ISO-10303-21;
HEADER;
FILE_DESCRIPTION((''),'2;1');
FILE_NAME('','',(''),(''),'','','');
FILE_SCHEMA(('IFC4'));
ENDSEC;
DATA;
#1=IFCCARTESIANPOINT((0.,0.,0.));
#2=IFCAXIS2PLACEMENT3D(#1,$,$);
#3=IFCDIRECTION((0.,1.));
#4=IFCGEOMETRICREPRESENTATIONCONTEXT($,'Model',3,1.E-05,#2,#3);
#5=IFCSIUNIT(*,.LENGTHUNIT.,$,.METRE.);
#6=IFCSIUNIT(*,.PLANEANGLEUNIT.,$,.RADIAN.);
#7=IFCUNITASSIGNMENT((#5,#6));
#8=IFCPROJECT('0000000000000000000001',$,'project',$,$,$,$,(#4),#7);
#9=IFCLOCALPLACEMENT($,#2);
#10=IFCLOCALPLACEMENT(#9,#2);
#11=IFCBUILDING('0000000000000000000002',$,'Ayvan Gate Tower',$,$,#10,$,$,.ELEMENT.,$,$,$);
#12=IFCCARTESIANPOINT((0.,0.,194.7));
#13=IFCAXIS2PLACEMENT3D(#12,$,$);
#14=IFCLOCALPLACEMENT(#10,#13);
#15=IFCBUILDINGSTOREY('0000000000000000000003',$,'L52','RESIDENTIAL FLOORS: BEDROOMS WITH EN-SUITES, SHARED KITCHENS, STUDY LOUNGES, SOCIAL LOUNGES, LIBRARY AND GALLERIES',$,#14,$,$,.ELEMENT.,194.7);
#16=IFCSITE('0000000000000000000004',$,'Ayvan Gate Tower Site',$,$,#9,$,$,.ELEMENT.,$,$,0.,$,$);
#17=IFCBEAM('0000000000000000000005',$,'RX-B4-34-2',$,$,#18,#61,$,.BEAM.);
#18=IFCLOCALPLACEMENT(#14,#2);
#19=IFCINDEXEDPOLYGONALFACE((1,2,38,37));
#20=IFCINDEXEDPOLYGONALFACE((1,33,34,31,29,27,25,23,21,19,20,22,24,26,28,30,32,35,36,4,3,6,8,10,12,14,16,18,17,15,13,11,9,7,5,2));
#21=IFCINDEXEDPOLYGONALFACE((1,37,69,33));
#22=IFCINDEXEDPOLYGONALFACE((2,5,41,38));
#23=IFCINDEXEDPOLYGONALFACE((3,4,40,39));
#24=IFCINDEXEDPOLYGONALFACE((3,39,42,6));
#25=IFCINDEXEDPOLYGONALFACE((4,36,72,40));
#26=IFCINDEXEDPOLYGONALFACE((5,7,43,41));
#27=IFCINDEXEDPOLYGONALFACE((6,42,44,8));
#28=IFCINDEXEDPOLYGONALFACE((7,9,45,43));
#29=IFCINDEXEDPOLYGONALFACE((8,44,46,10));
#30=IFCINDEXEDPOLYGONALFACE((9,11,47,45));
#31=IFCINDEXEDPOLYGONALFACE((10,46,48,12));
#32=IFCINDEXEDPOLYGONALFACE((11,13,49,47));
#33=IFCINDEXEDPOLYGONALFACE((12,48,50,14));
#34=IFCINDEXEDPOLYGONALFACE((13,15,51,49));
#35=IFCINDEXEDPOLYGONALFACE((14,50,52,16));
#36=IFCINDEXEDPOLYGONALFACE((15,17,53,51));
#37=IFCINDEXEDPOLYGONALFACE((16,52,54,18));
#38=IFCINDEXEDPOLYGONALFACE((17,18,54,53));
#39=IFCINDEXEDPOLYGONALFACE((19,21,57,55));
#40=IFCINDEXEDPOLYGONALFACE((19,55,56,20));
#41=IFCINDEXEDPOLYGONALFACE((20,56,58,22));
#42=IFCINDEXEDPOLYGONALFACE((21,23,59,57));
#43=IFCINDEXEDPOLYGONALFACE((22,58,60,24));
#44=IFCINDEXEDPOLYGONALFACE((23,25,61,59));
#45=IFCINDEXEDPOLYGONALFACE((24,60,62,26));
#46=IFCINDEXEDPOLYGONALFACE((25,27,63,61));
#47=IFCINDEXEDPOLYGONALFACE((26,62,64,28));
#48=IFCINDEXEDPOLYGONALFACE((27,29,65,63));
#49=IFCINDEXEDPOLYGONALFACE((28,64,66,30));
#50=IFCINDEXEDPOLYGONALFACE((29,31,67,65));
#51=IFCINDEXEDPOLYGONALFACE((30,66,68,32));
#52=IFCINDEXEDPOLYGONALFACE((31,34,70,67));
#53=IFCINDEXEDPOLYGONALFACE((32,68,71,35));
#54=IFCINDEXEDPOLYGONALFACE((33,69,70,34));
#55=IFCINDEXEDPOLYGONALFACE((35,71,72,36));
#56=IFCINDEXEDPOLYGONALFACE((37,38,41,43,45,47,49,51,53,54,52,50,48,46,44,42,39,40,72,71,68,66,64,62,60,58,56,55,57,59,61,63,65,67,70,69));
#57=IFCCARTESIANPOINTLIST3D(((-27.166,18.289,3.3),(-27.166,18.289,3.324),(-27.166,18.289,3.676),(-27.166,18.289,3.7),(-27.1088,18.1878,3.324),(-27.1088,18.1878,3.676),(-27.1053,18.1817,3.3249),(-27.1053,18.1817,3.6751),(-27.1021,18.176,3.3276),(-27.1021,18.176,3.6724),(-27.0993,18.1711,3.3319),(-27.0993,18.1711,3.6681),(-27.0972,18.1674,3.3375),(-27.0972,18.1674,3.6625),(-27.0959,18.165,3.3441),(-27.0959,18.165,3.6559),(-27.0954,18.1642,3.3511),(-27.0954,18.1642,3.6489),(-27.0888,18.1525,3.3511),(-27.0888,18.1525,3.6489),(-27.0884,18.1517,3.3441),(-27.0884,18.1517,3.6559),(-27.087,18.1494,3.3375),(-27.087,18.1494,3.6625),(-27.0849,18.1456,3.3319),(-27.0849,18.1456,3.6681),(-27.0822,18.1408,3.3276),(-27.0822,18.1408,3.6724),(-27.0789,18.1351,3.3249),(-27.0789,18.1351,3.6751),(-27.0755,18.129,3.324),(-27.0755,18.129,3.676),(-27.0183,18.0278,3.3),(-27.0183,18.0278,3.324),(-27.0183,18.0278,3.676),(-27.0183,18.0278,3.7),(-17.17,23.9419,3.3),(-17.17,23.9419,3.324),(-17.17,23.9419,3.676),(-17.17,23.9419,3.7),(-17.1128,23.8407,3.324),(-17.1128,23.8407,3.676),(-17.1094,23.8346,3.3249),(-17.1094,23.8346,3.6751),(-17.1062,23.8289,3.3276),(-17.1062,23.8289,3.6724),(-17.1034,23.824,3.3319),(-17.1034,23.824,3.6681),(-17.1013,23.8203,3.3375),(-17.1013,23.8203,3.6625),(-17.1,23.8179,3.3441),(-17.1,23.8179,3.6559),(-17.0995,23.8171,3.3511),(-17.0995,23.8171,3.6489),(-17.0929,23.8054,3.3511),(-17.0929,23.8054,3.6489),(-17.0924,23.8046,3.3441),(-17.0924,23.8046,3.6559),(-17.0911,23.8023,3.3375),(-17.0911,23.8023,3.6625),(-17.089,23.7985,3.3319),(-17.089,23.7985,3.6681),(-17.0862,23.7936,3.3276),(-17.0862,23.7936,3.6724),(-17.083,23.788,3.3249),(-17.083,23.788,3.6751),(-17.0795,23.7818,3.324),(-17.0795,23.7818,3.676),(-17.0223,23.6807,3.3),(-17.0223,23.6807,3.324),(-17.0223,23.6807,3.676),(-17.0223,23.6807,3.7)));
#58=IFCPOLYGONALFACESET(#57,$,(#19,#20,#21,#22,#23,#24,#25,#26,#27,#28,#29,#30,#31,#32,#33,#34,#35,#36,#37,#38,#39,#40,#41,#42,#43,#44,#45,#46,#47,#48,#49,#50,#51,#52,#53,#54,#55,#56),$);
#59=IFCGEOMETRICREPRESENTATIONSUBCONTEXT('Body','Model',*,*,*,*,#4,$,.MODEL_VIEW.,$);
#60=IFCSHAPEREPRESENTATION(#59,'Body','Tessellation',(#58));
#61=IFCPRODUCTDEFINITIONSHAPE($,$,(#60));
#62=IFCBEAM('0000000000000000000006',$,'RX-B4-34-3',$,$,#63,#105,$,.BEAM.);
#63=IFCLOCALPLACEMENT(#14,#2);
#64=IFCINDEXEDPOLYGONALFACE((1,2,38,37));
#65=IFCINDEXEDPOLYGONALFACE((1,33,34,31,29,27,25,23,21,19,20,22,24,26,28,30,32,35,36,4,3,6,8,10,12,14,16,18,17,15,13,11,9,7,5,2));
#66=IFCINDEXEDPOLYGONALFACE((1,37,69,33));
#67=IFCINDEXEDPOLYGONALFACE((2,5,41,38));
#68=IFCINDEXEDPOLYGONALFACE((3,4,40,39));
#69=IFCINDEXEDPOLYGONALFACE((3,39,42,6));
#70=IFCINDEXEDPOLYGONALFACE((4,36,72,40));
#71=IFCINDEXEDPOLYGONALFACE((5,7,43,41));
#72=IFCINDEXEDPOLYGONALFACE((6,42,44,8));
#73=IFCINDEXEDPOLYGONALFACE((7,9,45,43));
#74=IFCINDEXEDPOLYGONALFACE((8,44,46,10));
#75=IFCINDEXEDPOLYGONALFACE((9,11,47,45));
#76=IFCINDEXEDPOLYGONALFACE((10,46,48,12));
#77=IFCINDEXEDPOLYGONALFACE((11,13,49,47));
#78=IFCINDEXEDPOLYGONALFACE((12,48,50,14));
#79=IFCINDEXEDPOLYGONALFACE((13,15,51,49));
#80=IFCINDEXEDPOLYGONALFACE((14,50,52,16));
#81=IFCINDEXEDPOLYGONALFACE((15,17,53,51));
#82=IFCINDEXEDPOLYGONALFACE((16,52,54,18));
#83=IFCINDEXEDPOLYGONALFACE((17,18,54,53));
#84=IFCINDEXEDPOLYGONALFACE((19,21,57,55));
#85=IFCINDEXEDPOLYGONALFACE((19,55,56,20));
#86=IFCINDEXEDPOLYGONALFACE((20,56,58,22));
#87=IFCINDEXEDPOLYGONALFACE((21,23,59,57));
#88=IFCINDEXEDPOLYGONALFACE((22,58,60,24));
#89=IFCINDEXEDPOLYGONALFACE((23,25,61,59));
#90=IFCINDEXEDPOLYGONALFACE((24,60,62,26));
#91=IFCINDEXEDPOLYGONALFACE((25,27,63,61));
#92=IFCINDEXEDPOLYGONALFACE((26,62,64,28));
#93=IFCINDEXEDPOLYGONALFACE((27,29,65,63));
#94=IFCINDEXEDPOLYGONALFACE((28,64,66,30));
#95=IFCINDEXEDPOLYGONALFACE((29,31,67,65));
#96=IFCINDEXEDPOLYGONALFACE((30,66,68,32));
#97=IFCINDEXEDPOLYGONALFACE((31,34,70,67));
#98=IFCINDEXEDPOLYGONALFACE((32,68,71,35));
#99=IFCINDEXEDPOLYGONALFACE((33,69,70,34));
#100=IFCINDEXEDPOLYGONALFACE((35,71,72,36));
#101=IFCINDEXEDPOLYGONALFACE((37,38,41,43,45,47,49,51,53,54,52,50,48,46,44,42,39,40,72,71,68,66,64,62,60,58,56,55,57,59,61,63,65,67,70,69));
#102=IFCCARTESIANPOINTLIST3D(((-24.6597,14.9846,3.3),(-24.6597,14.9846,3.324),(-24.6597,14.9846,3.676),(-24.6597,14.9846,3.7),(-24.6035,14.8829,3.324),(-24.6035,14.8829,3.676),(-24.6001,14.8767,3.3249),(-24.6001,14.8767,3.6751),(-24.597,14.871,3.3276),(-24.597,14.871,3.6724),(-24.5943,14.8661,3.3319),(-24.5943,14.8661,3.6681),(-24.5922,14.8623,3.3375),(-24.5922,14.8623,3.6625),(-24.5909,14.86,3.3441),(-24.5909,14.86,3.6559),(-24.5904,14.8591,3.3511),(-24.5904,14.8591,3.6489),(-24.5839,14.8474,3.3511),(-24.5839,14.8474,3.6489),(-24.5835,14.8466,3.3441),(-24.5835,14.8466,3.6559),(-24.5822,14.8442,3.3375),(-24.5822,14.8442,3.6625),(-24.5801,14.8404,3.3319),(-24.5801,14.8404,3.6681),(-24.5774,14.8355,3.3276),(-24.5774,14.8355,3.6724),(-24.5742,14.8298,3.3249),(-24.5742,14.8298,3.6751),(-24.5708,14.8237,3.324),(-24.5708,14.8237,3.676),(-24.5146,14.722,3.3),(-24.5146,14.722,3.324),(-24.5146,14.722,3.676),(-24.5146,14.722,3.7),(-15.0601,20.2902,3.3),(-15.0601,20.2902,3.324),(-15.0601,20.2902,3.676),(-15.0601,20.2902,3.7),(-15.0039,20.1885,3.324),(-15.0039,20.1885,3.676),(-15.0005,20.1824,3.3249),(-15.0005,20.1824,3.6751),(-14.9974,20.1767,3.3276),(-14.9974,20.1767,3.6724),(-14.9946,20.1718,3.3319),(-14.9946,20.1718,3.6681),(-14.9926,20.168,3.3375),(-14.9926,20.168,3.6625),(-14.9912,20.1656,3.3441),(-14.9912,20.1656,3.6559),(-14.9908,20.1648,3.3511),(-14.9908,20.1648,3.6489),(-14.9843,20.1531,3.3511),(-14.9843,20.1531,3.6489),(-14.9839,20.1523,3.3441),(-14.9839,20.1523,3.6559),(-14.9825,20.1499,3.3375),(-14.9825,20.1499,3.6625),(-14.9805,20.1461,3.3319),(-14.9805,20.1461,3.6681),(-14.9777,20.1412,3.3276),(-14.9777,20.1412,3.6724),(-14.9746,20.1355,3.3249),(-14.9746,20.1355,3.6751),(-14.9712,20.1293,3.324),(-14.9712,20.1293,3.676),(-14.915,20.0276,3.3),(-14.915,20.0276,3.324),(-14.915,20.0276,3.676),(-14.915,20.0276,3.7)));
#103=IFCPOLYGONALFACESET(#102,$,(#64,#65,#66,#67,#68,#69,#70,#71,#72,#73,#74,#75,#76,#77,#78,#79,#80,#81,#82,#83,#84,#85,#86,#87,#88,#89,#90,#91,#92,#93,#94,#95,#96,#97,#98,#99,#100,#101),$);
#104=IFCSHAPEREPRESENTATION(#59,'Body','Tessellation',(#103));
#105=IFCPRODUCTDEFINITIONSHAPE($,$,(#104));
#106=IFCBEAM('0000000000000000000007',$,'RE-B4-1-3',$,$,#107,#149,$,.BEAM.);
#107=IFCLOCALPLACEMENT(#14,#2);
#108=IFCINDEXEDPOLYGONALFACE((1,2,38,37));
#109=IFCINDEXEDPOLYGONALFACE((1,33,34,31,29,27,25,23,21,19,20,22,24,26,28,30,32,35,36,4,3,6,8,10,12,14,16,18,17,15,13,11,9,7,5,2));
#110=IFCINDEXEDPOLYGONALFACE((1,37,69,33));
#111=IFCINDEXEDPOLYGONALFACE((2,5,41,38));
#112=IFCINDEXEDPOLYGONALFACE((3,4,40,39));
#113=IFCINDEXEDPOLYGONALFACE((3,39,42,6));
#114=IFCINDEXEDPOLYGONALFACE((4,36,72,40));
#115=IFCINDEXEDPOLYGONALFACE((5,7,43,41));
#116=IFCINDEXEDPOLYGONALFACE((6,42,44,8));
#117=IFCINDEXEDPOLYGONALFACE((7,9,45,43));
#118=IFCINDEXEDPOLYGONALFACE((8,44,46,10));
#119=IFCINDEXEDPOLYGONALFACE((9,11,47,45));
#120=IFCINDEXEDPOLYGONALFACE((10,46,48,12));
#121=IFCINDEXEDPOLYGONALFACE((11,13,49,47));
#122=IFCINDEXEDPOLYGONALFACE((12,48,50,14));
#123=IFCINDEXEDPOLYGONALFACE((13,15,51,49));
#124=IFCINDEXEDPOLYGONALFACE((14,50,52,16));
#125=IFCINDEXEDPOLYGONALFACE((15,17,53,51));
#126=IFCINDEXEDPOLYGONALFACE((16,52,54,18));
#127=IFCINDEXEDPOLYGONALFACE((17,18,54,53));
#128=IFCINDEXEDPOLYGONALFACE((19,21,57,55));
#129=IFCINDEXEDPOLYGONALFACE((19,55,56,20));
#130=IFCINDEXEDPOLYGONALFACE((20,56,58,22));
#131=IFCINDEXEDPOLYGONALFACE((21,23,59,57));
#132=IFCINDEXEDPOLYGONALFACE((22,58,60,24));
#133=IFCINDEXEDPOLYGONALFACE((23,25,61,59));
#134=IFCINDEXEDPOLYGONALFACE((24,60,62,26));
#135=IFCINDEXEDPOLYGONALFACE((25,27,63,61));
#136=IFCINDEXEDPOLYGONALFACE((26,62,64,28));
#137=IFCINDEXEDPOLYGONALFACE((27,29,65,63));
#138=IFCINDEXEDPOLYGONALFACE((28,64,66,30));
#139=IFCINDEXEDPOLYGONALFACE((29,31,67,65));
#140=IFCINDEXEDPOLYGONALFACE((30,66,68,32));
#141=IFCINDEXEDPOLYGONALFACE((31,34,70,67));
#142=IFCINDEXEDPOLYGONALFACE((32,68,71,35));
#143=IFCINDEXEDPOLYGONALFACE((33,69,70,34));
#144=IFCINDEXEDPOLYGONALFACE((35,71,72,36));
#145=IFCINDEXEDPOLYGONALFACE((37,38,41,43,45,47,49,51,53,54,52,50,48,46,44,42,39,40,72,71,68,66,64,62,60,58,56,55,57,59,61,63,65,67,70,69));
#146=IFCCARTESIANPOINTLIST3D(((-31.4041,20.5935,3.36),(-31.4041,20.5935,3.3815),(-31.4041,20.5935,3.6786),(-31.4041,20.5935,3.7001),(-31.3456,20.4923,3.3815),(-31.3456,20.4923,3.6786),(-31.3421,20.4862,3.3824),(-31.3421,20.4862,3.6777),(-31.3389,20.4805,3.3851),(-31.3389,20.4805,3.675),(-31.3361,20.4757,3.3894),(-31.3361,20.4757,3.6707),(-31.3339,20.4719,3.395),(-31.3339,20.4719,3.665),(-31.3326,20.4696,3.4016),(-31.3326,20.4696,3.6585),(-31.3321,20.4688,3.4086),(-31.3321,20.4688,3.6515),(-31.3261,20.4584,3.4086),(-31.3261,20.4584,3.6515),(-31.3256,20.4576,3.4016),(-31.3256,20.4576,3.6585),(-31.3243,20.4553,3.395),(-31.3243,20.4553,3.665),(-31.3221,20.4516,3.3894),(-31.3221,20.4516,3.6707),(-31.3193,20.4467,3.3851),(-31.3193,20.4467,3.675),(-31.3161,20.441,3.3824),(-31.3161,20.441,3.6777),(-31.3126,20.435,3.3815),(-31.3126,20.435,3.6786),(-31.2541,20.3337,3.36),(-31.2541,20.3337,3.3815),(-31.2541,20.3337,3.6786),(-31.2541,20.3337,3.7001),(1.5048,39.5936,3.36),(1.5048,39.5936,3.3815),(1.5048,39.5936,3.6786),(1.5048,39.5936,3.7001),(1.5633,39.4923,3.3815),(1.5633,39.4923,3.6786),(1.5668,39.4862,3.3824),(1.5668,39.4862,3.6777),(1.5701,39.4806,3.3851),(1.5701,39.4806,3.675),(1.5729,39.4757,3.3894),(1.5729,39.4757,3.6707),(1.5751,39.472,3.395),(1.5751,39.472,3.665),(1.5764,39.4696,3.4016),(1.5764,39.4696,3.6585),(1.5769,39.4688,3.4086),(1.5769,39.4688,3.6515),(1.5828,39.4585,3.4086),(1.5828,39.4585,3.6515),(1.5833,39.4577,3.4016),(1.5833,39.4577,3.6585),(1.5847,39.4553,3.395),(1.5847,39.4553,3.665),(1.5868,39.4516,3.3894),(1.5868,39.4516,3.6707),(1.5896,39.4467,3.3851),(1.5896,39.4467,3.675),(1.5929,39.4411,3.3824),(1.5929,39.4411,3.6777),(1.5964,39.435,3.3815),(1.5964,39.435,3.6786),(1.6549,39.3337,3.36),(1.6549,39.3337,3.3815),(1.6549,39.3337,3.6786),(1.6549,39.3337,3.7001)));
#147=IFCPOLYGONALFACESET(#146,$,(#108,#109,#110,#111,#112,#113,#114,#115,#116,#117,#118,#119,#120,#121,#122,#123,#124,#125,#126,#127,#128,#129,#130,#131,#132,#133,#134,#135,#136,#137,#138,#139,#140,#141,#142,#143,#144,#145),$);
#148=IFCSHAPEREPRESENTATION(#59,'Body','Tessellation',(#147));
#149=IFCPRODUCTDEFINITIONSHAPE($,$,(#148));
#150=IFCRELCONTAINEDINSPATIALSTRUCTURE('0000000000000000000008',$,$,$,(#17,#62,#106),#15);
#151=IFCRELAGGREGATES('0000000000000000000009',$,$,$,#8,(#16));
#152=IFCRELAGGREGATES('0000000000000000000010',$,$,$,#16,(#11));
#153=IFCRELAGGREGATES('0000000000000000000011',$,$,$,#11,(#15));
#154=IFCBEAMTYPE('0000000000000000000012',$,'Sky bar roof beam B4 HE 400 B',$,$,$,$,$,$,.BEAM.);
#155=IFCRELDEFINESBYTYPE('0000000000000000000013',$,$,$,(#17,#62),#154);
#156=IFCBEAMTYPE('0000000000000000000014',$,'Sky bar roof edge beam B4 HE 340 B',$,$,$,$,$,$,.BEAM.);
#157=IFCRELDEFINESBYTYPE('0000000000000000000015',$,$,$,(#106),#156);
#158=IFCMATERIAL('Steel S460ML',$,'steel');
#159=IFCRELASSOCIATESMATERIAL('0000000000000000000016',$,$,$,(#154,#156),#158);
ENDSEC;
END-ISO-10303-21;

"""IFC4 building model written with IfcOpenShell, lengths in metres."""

from ifc_helpers import new_model, si_unit, direction, frame, origin, origin_2d, place, context, subcontext, project, spatial, i_section, extrude, material, material_profile, profile_set, type_object, element, save


model = new_model("IFC4")

# Units and contexts
model_context = context("Model", 3, precision=1e-05, world=origin(), true_north=direction((0.0, 1.0)))
body_context = subcontext(model_context, "Body", "Model", "MODEL_VIEW")
ifc_project = project(units=[si_unit("LENGTHUNIT", "METRE"), si_unit("PLANEANGLEUNIT", "RADIAN")], contexts=[model_context])

# Site, building, storey
site_placement = place(None, origin())
site = spatial("IfcSite", under=ifc_project, at=site_placement, Name="Ayvan Gate Tower Site", CompositionType="ELEMENT", RefElevation=0.0)
building_placement = place(site_placement, origin())
building = spatial("IfcBuilding", under=site, at=building_placement, Name="Ayvan Gate Tower", CompositionType="ELEMENT")
storey_placement = place(building_placement, frame((0.0, 0.0, 194.7)))
storey = spatial("IfcBuildingStorey", under=building, at=storey_placement, Name="L52", Description="RESIDENTIAL FLOORS: BEDROOMS WITH EN-SUITES, SHARED KITCHENS, STUDY LOUNGES, SOCIAL LOUNGES, LIBRARY AND GALLERIES", CompositionType="ELEMENT", Elevation=194.7)

# Beams
ifc_material_1 = material(Name="Steel S460ML", Category="steel")
ifc_material_profile_1 = material_profile(ifc_material_1, i_section(OverallWidth=0.3, OverallDepth=0.3999, WebThickness=0.0134, FlangeThickness=0.0239, FilletRadius=0.0271, at=origin_2d()), Name="HE 400 B")
ifc_profile_set_1 = profile_set([ifc_material_profile_1], Name="Steel S460ML")
beam_type_1 = type_object("IfcBeamType", Name="Sky bar roof beam B4 HE 400 B", PredefinedType="BEAM", material=ifc_profile_set_1)
beam_1_placement = place(storey_placement, frame((-17.0962, 23.8113, 3.5), z_axis=(-0.870451, -0.492255, 0.0), x_axis=(0.492255, -0.870451, 0.0)))
element("IfcBeam", 1, at=beam_1_placement, inside=storey, type_object=beam_type_1, Name="RX-B4-34-2", PredefinedType="BEAM", context=body_context, shape_type="SweptSolid", body=[
    extrude(i_section(OverallWidth=0.3, OverallDepth=0.3999, WebThickness=0.0134, FlangeThickness=0.0239, FilletRadius=0.0271, at=origin_2d()), origin(), (0.0, 0.0, 1.0), 11.4836),
])
beam_2_placement = place(storey_placement, frame((-14.9875, 20.1589, 3.5), z_axis=(-0.875218, -0.483729, 0.0), x_axis=(0.483729, -0.875218, 0.0)))
element("IfcBeam", 2, at=beam_2_placement, inside=storey, type_object=beam_type_1, Name="RX-B4-34-3", PredefinedType="BEAM", context=body_context, shape_type="SweptSolid", body=[
    extrude(i_section(OverallWidth=0.3, OverallDepth=0.3999, WebThickness=0.0134, FlangeThickness=0.0239, FilletRadius=0.0271, at=origin_2d()), origin(), (0.0, 0.0, 1.0), 10.9683),
])
ifc_material_profile_2 = material_profile(ifc_material_1, i_section(OverallWidth=0.3, OverallDepth=0.3401, WebThickness=0.012, FlangeThickness=0.0215, FilletRadius=0.0271, at=origin_2d()), Name="HE 340 B")
ifc_profile_set_2 = profile_set([ifc_material_profile_2], Name="Steel S460ML")
beam_type_2 = type_object("IfcBeamType", Name="Sky bar roof edge beam B4 HE 340 B", PredefinedType="BEAM", material=ifc_profile_set_2)
beam_3_placement = place(storey_placement, frame((-31.3291, 20.4636, 3.53), z_axis=(0.866025, 0.5, 0.0), x_axis=(-0.5, 0.866025, 0.0)))
element("IfcBeam", 3, at=beam_3_placement, inside=storey, type_object=beam_type_2, Name="RE-B4-1-3", PredefinedType="BEAM", context=body_context, shape_type="SweptSolid", body=[
    extrude(i_section(OverallWidth=0.3, OverallDepth=0.3401, WebThickness=0.012, FlangeThickness=0.0215, FilletRadius=0.0271, at=origin_2d()), origin(), (0.0, 0.0, 1.0), 38.0),
])

save(model, "model.ifc")
